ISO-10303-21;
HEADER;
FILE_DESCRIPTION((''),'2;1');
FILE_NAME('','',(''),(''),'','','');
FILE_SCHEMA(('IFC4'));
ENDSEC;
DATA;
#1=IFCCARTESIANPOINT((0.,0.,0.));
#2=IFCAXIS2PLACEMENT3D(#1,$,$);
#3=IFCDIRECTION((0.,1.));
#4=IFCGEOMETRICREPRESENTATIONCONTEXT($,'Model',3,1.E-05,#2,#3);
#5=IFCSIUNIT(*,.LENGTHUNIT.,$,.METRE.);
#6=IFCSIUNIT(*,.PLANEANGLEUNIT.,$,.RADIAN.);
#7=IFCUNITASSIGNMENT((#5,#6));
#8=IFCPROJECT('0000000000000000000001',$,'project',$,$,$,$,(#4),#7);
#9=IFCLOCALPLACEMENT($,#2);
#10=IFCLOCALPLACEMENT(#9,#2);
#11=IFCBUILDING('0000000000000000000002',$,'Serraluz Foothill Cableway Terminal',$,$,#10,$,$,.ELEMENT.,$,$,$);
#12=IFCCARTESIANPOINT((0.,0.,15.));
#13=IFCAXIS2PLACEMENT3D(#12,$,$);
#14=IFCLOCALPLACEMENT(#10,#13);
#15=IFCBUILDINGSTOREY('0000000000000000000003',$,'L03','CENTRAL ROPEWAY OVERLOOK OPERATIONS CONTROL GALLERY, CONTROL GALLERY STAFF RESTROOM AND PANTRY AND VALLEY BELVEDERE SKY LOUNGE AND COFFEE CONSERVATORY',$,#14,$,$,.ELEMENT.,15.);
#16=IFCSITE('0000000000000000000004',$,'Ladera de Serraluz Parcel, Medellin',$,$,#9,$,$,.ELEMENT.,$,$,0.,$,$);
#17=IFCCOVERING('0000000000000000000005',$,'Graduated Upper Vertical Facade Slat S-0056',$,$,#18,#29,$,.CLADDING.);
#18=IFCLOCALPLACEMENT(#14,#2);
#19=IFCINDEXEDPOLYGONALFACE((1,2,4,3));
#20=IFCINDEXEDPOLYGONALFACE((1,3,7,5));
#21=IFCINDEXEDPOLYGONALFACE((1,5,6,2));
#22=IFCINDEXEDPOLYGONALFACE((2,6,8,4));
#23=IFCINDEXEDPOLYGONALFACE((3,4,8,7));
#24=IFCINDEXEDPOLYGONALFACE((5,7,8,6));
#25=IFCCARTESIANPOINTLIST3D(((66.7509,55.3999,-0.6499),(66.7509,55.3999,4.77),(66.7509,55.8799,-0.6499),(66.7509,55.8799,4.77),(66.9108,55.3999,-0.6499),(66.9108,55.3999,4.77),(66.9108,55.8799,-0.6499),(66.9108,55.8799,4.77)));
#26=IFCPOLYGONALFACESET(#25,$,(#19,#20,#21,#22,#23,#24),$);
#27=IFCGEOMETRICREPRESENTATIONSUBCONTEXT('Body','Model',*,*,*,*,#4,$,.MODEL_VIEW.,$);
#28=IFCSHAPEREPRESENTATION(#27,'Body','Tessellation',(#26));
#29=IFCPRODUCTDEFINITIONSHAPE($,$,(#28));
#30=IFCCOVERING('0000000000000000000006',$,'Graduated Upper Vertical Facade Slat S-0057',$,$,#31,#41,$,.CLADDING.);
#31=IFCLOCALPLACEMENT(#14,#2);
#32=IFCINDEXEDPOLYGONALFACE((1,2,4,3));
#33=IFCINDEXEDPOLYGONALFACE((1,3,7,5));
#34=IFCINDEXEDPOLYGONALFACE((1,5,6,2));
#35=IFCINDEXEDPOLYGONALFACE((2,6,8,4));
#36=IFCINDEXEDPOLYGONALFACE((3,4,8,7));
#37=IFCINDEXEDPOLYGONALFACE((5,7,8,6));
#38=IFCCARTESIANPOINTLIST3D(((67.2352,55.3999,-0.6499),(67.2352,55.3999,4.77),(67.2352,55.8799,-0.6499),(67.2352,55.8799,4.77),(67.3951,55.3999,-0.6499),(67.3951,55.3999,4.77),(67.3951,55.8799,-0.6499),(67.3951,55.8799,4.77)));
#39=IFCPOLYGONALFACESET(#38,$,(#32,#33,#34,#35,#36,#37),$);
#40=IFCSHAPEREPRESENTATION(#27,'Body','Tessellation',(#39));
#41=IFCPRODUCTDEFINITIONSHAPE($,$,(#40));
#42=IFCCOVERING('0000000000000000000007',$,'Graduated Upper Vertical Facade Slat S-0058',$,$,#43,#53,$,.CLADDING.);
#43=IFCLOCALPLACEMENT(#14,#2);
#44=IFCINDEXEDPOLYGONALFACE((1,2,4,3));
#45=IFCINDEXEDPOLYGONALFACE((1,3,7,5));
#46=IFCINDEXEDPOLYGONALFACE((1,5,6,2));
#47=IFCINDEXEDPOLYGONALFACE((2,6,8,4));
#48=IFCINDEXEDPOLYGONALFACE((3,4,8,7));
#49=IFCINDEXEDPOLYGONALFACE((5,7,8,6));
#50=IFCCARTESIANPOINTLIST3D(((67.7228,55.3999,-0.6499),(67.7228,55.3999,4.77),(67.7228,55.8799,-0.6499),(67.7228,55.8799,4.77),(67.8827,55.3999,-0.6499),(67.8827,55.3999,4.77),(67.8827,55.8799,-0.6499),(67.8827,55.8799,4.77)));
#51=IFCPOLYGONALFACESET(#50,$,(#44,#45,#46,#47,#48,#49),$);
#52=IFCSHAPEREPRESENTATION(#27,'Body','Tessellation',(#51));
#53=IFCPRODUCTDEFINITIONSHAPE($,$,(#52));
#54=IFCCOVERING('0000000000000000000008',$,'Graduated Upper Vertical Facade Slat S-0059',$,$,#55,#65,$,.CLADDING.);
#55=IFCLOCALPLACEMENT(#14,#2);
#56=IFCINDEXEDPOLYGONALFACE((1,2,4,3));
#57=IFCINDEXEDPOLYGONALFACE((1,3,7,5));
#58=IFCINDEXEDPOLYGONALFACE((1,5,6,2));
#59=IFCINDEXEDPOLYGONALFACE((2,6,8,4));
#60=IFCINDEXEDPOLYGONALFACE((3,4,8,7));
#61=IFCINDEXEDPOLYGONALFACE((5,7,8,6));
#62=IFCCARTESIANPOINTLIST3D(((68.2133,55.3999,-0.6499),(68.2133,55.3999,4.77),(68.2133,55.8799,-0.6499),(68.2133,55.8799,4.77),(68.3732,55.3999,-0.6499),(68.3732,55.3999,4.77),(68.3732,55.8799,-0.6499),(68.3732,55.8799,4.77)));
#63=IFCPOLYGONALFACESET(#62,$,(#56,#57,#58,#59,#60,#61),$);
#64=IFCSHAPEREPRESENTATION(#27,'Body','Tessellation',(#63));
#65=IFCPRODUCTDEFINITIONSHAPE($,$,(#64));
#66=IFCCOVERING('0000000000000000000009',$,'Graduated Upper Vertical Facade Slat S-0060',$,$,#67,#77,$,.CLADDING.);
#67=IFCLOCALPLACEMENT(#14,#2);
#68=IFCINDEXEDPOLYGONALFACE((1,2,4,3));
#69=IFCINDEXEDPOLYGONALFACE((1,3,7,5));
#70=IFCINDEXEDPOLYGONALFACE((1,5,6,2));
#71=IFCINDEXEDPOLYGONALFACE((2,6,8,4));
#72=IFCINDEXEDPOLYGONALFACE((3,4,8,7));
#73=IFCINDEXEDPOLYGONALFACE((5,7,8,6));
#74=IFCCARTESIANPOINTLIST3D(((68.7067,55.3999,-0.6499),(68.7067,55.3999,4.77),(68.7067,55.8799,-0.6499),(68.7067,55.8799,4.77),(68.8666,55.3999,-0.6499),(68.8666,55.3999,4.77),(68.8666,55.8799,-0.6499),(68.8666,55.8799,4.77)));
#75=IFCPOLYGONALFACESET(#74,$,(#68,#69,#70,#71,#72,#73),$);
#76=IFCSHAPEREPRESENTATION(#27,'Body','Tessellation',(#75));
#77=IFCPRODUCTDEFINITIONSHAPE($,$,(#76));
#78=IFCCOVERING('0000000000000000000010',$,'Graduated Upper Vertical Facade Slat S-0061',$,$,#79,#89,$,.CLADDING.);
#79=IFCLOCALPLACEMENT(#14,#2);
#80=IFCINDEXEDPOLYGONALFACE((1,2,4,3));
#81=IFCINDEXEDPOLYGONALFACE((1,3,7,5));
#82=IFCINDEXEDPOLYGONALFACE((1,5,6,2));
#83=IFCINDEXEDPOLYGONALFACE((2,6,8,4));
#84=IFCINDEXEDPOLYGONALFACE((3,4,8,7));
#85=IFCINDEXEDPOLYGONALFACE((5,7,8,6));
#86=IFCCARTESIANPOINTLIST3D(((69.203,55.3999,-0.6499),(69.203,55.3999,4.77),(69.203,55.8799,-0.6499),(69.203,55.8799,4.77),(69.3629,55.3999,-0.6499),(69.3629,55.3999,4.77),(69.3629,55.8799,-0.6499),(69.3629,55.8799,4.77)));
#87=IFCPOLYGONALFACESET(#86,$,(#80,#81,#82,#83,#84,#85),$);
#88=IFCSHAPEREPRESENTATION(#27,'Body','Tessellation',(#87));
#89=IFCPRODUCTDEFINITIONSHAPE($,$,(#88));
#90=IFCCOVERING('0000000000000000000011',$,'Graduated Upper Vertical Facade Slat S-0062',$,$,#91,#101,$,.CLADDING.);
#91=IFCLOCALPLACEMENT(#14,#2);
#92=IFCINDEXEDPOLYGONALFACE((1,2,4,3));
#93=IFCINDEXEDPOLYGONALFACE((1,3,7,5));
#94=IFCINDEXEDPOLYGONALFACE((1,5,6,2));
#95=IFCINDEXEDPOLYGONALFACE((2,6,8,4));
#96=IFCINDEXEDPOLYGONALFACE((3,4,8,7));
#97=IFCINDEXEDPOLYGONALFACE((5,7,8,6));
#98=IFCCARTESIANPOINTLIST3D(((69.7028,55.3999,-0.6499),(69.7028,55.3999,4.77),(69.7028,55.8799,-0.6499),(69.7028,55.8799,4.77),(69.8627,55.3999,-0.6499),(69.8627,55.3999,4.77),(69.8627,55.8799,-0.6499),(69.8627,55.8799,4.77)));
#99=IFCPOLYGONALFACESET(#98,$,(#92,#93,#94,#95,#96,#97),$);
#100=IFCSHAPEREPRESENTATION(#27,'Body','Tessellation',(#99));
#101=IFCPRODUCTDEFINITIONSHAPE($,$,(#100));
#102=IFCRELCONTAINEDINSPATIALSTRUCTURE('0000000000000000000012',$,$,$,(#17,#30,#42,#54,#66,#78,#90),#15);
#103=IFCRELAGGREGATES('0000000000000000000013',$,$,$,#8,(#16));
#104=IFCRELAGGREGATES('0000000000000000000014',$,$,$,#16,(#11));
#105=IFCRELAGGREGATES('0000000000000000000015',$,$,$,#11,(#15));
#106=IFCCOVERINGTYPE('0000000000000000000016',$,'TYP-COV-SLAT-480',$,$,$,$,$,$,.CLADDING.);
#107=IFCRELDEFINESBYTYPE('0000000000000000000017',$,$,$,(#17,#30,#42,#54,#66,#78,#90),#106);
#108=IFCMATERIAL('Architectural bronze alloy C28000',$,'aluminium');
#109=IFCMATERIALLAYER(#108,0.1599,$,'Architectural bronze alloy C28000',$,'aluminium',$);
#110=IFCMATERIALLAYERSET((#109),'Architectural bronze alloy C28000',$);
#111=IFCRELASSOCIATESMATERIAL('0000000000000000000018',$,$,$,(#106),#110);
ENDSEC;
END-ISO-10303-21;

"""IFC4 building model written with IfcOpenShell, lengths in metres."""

from ifc_helpers import new_model, si_unit, direction, frame, origin, origin_2d, place, context, subcontext, project, spatial, rectangle, extrude, material, layer, layer_set, type_object, element, save


model = new_model("IFC4")

# Units and contexts
model_context = context("Model", 3, precision=1e-05, world=origin(), true_north=direction((0.0, 1.0)))
body_context = subcontext(model_context, "Body", "Model", "MODEL_VIEW")
ifc_project = project(units=[si_unit("LENGTHUNIT", "METRE"), si_unit("PLANEANGLEUNIT", "RADIAN")], contexts=[model_context])

# Site, building, storey
site_placement = place(None, origin())
site = spatial("IfcSite", under=ifc_project, at=site_placement, Name="Ladera de Serraluz Parcel, Medellin", CompositionType="ELEMENT", RefElevation=0.0)
building_placement = place(site_placement, origin())
building = spatial("IfcBuilding", under=site, at=building_placement, Name="Serraluz Foothill Cableway Terminal", CompositionType="ELEMENT")
storey_placement = place(building_placement, frame((0.0, 0.0, 15.0)))
storey = spatial("IfcBuildingStorey", under=building, at=storey_placement, Name="L03", Description="CENTRAL ROPEWAY OVERLOOK OPERATIONS CONTROL GALLERY, CONTROL GALLERY STAFF RESTROOM AND PANTRY AND VALLEY BELVEDERE SKY LOUNGE AND COFFEE CONSERVATORY", CompositionType="ELEMENT", Elevation=15.0)

# Shared definitions
ifc_material_1 = material(Name="Architectural bronze alloy C28000", Category="aluminium")

# Coverings
ifc_layer_1 = layer(ifc_material_1, 0.1599, Name="Architectural bronze alloy C28000", Category="aluminium")
ifc_layer_set_1 = layer_set([ifc_layer_1], Name="Architectural bronze alloy C28000")
covering_type = type_object("IfcCoveringType", Name="TYP-COV-SLAT-480", PredefinedType="CLADDING", material=ifc_layer_set_1)
for number, where, z_axis, x_axis, name in (
    (1, (66.8308, 55.6399, -0.6499), (0.0, 0.0, 1.0), (1.0, 0.0, 0.0), "Graduated Upper Vertical Facade Slat S-0056"),
    (2, (67.3152, 55.6399, -0.6499), (0.0, 0.0, 1.0), (1.0, 0.0, 0.0), "Graduated Upper Vertical Facade Slat S-0057"),
    (3, (67.8027, 55.6399, -0.6499), (0.0, 0.0, 1.0), (1.0, 0.0, 0.0), "Graduated Upper Vertical Facade Slat S-0058"),
    (4, (68.2932, 55.6399, -0.6499), (0.0, 0.0, 1.0), (1.0, 0.0, 0.0), "Graduated Upper Vertical Facade Slat S-0059"),
    (5, (68.7866, 55.6399, -0.6499), (0.0, 0.0, 1.0), (1.0, 0.0, 0.0), "Graduated Upper Vertical Facade Slat S-0060"),
    (6, (69.283, 55.6399, -0.6499), (0.0, 0.0, 1.0), (1.0, 0.0, 0.0), "Graduated Upper Vertical Facade Slat S-0061"),
    (7, (69.7827, 55.6399, -0.6499), (0.0, 0.0, 1.0), (1.0, 0.0, 0.0), "Graduated Upper Vertical Facade Slat S-0062"),
):
    element("IfcCovering", number, at=place(storey_placement, frame(where, z_axis=z_axis, x_axis=x_axis)), inside=storey, type_object=covering_type, Name=name, PredefinedType="CLADDING", context=body_context, shape_type="SweptSolid", body=[
        extrude(rectangle(XDim=0.1599, YDim=0.48, at=origin_2d()), origin(), (0.0, 0.0, 1.0), 5.4199),
    ])

save(model, "model.ifc")
